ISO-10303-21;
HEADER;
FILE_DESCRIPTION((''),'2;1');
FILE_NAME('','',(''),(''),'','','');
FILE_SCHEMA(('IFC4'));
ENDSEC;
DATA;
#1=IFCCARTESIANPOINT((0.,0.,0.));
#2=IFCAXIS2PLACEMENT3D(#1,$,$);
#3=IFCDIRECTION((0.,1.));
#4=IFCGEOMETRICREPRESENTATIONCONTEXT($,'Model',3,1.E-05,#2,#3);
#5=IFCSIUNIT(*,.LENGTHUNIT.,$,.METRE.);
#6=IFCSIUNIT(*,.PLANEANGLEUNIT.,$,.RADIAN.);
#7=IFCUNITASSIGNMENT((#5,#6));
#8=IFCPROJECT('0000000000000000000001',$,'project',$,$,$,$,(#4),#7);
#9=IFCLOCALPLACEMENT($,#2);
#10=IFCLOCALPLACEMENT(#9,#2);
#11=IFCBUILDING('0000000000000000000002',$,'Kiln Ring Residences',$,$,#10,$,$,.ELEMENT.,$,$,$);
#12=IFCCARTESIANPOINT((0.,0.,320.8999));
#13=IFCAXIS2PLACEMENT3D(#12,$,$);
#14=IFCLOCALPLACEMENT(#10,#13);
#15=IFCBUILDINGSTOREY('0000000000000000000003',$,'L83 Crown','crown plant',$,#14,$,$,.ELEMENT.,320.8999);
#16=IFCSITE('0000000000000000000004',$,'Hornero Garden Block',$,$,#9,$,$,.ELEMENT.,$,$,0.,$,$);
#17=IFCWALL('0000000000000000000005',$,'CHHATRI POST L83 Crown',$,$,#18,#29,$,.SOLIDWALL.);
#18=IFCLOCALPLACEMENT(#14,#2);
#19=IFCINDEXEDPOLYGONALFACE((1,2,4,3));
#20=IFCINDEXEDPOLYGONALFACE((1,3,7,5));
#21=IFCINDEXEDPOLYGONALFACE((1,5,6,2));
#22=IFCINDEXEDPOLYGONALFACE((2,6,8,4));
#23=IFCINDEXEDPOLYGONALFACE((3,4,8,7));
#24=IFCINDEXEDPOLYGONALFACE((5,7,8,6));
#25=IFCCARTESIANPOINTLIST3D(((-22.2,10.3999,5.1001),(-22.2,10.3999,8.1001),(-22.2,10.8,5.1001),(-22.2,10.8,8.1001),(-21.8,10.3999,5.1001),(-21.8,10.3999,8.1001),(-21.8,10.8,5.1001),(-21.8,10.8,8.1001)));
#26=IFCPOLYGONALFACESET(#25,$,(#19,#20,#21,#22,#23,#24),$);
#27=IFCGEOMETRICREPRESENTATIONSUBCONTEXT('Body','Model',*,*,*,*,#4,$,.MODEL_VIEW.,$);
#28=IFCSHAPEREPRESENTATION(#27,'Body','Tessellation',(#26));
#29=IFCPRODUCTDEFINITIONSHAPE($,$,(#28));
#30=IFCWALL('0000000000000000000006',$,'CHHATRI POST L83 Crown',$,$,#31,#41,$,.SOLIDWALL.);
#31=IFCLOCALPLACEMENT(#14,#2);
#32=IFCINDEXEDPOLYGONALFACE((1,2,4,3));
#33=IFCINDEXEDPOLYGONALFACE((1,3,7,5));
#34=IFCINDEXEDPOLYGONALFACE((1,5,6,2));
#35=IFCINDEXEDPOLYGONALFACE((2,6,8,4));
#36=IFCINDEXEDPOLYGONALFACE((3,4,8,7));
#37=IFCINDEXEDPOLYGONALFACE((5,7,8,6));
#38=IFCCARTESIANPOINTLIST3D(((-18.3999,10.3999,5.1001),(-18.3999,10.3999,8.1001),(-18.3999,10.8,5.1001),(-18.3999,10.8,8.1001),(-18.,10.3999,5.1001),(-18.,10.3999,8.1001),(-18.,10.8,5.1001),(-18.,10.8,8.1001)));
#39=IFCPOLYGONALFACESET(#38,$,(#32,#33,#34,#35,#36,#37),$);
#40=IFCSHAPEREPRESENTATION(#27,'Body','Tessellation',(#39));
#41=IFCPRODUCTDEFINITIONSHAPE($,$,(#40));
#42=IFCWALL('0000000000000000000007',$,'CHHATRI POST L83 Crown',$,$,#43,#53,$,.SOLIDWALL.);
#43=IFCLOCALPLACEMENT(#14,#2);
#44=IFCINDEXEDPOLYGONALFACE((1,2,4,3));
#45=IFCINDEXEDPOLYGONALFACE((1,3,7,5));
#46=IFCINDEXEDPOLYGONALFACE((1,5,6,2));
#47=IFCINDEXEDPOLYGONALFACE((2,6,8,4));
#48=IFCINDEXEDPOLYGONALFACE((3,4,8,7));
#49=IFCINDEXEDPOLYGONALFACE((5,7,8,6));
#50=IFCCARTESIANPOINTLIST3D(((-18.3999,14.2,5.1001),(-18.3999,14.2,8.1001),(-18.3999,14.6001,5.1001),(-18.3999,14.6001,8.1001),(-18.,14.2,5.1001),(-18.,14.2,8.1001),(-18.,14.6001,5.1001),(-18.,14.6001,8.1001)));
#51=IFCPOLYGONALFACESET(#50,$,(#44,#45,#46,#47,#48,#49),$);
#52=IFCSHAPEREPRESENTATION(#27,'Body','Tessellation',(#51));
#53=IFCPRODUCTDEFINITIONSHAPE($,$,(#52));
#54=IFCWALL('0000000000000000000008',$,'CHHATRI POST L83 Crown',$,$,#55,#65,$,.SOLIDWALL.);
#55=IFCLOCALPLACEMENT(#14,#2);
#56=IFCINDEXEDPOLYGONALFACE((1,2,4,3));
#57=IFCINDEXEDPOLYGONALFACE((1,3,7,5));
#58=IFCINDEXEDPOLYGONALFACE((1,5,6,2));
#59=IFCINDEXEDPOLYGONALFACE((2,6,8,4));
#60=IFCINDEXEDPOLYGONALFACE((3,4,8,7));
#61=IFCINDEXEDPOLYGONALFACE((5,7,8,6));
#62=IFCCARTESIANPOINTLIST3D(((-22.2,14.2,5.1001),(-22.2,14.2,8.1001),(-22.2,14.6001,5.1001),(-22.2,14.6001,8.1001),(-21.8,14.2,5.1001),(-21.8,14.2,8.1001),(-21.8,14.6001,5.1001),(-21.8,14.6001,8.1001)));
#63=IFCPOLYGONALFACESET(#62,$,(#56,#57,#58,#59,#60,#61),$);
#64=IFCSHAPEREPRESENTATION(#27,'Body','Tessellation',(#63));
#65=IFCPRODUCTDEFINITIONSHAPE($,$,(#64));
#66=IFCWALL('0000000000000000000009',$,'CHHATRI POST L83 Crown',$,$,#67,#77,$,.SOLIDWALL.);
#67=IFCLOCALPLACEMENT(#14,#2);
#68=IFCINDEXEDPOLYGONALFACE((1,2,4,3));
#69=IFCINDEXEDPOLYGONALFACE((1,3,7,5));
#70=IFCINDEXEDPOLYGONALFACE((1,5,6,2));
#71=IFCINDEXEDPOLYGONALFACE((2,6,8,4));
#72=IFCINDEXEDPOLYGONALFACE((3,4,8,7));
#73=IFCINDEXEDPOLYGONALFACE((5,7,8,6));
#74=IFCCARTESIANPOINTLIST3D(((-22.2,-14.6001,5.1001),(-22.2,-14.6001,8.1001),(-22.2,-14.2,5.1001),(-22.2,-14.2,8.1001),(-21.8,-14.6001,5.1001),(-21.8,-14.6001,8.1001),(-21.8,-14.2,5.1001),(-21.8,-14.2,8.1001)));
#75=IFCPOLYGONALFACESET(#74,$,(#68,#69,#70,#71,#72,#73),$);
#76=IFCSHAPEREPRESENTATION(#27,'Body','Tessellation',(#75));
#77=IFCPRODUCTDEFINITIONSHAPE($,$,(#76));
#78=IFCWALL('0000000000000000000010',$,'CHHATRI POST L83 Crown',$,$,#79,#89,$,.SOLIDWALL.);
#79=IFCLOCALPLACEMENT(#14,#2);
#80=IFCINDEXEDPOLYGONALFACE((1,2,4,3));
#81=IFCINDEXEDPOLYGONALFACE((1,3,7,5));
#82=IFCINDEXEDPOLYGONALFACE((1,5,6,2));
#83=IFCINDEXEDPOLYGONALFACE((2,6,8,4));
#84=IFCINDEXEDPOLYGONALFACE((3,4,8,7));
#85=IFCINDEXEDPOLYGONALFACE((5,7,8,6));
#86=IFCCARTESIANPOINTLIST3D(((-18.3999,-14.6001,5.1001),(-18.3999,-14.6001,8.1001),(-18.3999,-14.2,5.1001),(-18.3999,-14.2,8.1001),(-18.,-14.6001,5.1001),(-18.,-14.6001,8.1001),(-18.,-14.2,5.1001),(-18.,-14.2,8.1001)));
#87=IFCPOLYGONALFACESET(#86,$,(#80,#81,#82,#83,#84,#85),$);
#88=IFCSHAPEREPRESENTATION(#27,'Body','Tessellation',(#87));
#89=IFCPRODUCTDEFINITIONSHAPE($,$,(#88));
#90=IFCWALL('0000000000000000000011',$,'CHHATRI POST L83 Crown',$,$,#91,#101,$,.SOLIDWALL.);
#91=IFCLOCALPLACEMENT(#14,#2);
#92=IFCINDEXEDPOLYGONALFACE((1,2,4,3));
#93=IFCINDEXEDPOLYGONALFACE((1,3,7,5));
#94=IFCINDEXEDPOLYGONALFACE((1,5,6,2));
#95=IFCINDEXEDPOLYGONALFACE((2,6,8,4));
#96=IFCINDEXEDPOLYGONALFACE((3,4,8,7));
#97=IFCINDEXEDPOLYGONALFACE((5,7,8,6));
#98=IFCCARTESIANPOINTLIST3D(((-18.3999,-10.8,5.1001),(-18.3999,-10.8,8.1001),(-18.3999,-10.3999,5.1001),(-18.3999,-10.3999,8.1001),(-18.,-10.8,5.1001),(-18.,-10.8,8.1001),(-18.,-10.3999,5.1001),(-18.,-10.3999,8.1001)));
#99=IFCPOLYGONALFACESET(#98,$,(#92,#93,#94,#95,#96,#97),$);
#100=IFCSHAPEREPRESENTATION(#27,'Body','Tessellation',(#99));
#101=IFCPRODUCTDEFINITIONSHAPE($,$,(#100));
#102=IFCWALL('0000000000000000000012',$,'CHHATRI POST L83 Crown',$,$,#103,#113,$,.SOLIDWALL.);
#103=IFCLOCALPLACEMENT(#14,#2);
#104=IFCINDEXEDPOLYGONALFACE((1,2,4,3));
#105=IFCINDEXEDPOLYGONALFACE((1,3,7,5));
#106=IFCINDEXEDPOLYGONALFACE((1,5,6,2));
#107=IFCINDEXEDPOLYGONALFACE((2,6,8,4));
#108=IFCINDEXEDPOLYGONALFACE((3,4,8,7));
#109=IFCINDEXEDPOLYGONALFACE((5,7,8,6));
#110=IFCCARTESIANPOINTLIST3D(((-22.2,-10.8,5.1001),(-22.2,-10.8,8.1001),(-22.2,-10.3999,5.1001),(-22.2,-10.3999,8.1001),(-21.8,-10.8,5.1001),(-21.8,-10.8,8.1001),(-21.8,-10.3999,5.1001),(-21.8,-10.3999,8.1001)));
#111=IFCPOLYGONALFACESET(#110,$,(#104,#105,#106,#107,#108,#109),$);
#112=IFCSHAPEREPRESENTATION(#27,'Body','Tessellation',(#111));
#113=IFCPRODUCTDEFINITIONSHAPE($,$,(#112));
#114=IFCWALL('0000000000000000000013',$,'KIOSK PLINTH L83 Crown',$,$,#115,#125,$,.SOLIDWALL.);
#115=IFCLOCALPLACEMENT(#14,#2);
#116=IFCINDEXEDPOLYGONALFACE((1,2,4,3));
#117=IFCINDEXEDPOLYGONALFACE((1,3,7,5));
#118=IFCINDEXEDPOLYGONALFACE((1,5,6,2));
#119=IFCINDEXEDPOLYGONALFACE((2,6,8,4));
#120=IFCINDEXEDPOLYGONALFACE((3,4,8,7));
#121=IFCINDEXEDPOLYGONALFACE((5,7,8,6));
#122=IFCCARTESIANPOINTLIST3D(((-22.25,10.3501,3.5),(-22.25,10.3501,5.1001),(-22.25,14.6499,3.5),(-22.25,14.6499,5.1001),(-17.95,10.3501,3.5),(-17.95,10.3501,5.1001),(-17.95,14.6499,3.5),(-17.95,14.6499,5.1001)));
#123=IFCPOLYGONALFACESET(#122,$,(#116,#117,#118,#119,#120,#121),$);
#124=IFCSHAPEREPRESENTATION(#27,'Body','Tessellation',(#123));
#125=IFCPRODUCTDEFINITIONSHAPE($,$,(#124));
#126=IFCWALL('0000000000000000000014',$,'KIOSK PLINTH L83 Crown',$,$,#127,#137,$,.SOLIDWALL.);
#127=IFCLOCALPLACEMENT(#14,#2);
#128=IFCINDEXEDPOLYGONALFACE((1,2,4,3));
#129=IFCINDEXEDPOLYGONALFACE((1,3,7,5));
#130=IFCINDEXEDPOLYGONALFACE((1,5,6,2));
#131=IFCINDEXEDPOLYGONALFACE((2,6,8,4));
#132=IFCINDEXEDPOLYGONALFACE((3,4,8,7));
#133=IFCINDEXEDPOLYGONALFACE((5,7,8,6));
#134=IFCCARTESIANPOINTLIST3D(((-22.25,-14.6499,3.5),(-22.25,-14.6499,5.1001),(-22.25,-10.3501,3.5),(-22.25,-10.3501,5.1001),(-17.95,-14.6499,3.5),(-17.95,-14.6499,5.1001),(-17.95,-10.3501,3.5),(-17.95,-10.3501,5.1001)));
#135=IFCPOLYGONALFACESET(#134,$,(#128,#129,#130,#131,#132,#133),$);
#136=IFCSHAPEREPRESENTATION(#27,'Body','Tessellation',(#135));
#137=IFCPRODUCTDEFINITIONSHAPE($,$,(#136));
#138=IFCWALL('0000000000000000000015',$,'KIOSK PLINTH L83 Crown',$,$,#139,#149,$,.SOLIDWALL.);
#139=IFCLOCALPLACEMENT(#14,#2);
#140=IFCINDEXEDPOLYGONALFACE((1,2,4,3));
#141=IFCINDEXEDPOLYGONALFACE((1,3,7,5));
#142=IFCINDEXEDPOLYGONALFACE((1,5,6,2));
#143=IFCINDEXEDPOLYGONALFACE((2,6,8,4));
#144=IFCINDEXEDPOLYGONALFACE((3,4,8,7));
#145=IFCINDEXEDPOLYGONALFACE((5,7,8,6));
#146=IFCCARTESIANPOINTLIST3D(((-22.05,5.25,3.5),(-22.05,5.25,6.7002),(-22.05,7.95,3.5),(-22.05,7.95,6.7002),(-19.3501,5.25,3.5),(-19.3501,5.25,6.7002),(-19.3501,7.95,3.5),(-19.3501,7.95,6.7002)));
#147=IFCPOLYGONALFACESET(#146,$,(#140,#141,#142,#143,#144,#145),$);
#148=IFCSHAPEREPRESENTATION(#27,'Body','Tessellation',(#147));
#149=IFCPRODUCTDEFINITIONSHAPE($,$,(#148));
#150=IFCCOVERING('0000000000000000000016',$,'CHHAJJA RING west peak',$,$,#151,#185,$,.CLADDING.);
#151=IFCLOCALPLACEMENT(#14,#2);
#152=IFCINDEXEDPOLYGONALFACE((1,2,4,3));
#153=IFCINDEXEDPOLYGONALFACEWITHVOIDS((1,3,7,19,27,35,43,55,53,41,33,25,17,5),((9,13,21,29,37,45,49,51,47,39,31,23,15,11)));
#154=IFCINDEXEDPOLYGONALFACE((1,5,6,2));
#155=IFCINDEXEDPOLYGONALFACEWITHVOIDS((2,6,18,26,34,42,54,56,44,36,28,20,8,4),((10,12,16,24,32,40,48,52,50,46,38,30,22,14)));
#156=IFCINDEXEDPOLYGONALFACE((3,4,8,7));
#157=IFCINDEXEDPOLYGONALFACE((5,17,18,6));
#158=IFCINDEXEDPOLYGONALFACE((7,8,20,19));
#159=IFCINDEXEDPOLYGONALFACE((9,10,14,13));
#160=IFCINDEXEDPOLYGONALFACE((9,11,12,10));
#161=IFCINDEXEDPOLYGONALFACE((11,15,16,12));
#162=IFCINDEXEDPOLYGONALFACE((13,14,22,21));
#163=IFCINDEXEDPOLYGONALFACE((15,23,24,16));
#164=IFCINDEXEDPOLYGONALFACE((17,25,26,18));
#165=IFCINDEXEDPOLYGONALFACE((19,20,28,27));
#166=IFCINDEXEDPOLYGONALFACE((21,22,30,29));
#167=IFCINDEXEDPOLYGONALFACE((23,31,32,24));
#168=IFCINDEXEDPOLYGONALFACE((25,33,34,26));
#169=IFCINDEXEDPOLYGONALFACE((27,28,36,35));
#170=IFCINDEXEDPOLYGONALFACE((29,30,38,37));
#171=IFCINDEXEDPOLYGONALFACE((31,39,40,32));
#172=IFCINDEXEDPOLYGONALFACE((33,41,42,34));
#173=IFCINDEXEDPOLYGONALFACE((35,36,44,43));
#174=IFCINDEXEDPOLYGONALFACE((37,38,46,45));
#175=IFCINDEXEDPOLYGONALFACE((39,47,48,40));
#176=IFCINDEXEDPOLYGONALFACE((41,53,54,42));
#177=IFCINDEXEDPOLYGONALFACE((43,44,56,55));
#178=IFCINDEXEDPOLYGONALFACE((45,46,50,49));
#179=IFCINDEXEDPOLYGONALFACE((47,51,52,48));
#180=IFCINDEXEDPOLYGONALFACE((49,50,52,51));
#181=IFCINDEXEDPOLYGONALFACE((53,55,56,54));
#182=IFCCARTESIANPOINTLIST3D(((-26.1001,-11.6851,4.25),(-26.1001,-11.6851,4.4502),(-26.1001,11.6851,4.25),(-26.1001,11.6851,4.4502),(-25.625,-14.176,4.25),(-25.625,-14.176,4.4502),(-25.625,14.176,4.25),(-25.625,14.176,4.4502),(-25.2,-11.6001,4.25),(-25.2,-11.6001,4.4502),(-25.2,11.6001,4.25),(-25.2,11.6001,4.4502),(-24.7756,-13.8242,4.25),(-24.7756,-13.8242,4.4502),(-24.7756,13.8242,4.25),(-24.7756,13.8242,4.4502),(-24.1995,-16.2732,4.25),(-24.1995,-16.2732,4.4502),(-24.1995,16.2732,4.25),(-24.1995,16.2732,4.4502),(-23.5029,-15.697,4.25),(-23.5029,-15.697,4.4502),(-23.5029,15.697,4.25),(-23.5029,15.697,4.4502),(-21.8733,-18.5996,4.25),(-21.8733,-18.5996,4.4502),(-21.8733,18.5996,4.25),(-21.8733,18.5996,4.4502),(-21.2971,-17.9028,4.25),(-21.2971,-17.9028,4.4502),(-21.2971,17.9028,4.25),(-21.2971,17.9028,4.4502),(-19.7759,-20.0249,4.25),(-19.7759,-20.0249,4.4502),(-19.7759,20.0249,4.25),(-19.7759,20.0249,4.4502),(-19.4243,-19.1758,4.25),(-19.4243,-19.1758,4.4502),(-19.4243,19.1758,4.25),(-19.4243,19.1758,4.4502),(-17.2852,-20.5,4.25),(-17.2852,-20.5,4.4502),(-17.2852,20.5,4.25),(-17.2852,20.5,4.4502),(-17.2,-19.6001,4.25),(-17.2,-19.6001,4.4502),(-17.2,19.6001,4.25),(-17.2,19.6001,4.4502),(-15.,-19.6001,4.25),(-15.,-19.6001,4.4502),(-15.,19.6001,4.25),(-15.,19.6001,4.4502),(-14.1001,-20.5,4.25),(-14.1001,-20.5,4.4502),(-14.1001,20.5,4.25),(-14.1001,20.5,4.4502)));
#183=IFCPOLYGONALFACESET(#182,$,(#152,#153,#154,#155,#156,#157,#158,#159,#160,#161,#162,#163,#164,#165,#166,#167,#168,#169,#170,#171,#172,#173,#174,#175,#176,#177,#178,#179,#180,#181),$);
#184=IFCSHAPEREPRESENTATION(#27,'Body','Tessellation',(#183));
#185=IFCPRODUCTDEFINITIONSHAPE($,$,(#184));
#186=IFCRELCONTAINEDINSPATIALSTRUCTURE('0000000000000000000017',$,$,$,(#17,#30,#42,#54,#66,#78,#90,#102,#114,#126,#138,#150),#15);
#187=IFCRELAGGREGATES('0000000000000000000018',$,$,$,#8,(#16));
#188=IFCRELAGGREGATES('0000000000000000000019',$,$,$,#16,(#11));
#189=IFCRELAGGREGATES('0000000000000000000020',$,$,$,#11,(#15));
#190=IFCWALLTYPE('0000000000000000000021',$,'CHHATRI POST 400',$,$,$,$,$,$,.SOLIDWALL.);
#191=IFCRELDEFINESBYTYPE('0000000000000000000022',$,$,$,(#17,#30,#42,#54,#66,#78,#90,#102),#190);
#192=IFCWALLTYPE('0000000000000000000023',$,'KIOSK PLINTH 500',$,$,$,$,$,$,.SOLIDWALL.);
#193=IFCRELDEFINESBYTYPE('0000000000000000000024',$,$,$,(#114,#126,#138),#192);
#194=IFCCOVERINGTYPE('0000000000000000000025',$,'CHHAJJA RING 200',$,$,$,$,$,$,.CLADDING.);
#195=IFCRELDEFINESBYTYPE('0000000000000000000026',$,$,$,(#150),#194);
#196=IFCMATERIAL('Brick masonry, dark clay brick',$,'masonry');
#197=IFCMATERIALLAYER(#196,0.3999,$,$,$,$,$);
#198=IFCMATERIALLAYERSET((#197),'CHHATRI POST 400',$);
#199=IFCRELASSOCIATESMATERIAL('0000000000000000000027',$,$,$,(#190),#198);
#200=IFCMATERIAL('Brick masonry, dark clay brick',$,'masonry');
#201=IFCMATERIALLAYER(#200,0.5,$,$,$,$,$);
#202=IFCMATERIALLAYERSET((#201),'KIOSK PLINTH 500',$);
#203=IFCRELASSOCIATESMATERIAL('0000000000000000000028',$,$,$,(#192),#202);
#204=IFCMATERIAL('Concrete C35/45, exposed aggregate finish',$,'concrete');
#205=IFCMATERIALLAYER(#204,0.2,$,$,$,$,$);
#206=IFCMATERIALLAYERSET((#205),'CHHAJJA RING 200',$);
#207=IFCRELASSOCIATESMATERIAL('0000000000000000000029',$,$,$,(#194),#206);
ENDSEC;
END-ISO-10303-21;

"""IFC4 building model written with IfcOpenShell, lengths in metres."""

from ifc_helpers import new_model, si_unit, direction, frame, origin, place, context, subcontext, project, spatial, polyline, outline, extrude, material, layer, layer_set, type_object, element, save


model = new_model("IFC4")

# Units and contexts
model_context = context("Model", 3, precision=1e-05, world=origin(), true_north=direction((0.0, 1.0)))
body_context = subcontext(model_context, "Body", "Model", "MODEL_VIEW")
ifc_project = project(units=[si_unit("LENGTHUNIT", "METRE"), si_unit("PLANEANGLEUNIT", "RADIAN")], contexts=[model_context])

# Site, building, storey
site_placement = place(None, origin())
site = spatial("IfcSite", under=ifc_project, at=site_placement, Name="Hornero Garden Block", CompositionType="ELEMENT", RefElevation=0.0)
building_placement = place(site_placement, origin())
building = spatial("IfcBuilding", under=site, at=building_placement, Name="Kiln Ring Residences", CompositionType="ELEMENT")
storey_placement = place(building_placement, frame((0.0, 0.0, 320.8999)))
storey = spatial("IfcBuildingStorey", under=building, at=storey_placement, Name="L83 Crown", Description="crown plant", CompositionType="ELEMENT", Elevation=320.8999)

# Walls
ifc_material_1 = material(Name="Brick masonry, dark clay brick", Category="masonry")
ifc_layer_1 = layer(ifc_material_1, 0.3999)
ifc_layer_set_1 = layer_set([ifc_layer_1], Name="CHHATRI POST 400")
wall_type_1 = type_object("IfcWallType", Name="CHHATRI POST 400", PredefinedType="SOLIDWALL", material=ifc_layer_set_1)
placement_1 = place(storey_placement, frame((0.0, 0.0, 5.1001)))
element("IfcWall", 1, at=placement_1, inside=storey, type_object=wall_type_1, Name="CHHATRI POST L83 Crown", PredefinedType="SOLIDWALL", context=body_context, shape_type="SweptSolid", body=[
    extrude(outline(polyline([(-21.8, 10.3999), (-21.8, 10.8), (-22.2, 10.8), (-22.2, 10.3999), (-21.8, 10.3999)])), origin(), (0.0, 0.0, 1.0), 3.0),
])
element("IfcWall", 2, at=placement_1, inside=storey, type_object=wall_type_1, Name="CHHATRI POST L83 Crown", PredefinedType="SOLIDWALL", context=body_context, shape_type="SweptSolid", body=[
    extrude(outline(polyline([(-18.0, 10.3999), (-18.0, 10.8), (-18.3999, 10.8), (-18.3999, 10.3999), (-18.0, 10.3999)])), origin(), (0.0, 0.0, 1.0), 3.0),
])
element("IfcWall", 3, at=placement_1, inside=storey, type_object=wall_type_1, Name="CHHATRI POST L83 Crown", PredefinedType="SOLIDWALL", context=body_context, shape_type="SweptSolid", body=[
    extrude(outline(polyline([(-18.0, 14.2), (-18.0, 14.6001), (-18.3999, 14.6001), (-18.3999, 14.2), (-18.0, 14.2)])), origin(), (0.0, 0.0, 1.0), 3.0),
])
element("IfcWall", 4, at=placement_1, inside=storey, type_object=wall_type_1, Name="CHHATRI POST L83 Crown", PredefinedType="SOLIDWALL", context=body_context, shape_type="SweptSolid", body=[
    extrude(outline(polyline([(-21.8, 14.2), (-21.8, 14.6001), (-22.2, 14.6001), (-22.2, 14.2), (-21.8, 14.2)])), origin(), (0.0, 0.0, 1.0), 3.0),
])
element("IfcWall", 5, at=placement_1, inside=storey, type_object=wall_type_1, Name="CHHATRI POST L83 Crown", PredefinedType="SOLIDWALL", context=body_context, shape_type="SweptSolid", body=[
    extrude(outline(polyline([(-21.8, -14.6001), (-21.8, -14.2), (-22.2, -14.2), (-22.2, -14.6001), (-21.8, -14.6001)])), origin(), (0.0, 0.0, 1.0), 3.0),
])
element("IfcWall", 6, at=placement_1, inside=storey, type_object=wall_type_1, Name="CHHATRI POST L83 Crown", PredefinedType="SOLIDWALL", context=body_context, shape_type="SweptSolid", body=[
    extrude(outline(polyline([(-18.0, -14.6001), (-18.0, -14.2), (-18.3999, -14.2), (-18.3999, -14.6001), (-18.0, -14.6001)])), origin(), (0.0, 0.0, 1.0), 3.0),
])
element("IfcWall", 7, at=placement_1, inside=storey, type_object=wall_type_1, Name="CHHATRI POST L83 Crown", PredefinedType="SOLIDWALL", context=body_context, shape_type="SweptSolid", body=[
    extrude(outline(polyline([(-18.0, -10.8), (-18.0, -10.3999), (-18.3999, -10.3999), (-18.3999, -10.8), (-18.0, -10.8)])), origin(), (0.0, 0.0, 1.0), 3.0),
])
element("IfcWall", 8, at=placement_1, inside=storey, type_object=wall_type_1, Name="CHHATRI POST L83 Crown", PredefinedType="SOLIDWALL", context=body_context, shape_type="SweptSolid", body=[
    extrude(outline(polyline([(-21.8, -10.8), (-21.8, -10.3999), (-22.2, -10.3999), (-22.2, -10.8), (-21.8, -10.8)])), origin(), (0.0, 0.0, 1.0), 3.0),
])
ifc_material_2 = material(Name="Brick masonry, dark clay brick", Category="masonry")
ifc_layer_2 = layer(ifc_material_2, 0.5)
ifc_layer_set_2 = layer_set([ifc_layer_2], Name="KIOSK PLINTH 500")
wall_type_2 = type_object("IfcWallType", Name="KIOSK PLINTH 500", PredefinedType="SOLIDWALL", material=ifc_layer_set_2)
placement_2 = place(storey_placement, frame((0.0, 0.0, 3.5)))
element("IfcWall", 9, at=placement_2, inside=storey, type_object=wall_type_2, Name="KIOSK PLINTH L83 Crown", PredefinedType="SOLIDWALL", context=body_context, shape_type="SweptSolid", body=[
    extrude(outline(polyline([(-17.95, 10.3501), (-17.95, 14.6499), (-22.25, 14.6499), (-22.25, 10.3501), (-17.95, 10.3501)])), origin(), (0.0, 0.0, 1.0), 1.6001),
])
element("IfcWall", 10, at=placement_2, inside=storey, type_object=wall_type_2, Name="KIOSK PLINTH L83 Crown", PredefinedType="SOLIDWALL", context=body_context, shape_type="SweptSolid", body=[
    extrude(outline(polyline([(-17.95, -14.6499), (-17.95, -10.3501), (-22.25, -10.3501), (-22.25, -14.6499), (-17.95, -14.6499)])), origin(), (0.0, 0.0, 1.0), 1.6001),
])
element("IfcWall", 11, at=placement_2, inside=storey, type_object=wall_type_2, Name="KIOSK PLINTH L83 Crown", PredefinedType="SOLIDWALL", context=body_context, shape_type="SweptSolid", body=[
    extrude(outline(polyline([(-19.3501, 5.25), (-19.3501, 7.95), (-22.05, 7.95), (-22.05, 5.25), (-19.3501, 5.25)])), origin(), (0.0, 0.0, 1.0), 3.2002),
])

# Covering
ifc_material_3 = material(Name="Concrete C35/45, exposed aggregate finish", Category="concrete")
ifc_layer_3 = layer(ifc_material_3, 0.2)
ifc_layer_set_3 = layer_set([ifc_layer_3], Name="CHHAJJA RING 200")
covering_type_1 = type_object("IfcCoveringType", Name="CHHAJJA RING 200", PredefinedType="CLADDING", material=ifc_layer_set_3)
covering_1_placement = place(storey_placement, frame((0.0, 0.0, 4.25)))
element("IfcCovering", 12, at=covering_1_placement, inside=storey, type_object=covering_type_1, Name="CHHAJJA RING west peak", PredefinedType="CLADDING", context=body_context, shape_type="SweptSolid", body=[
    extrude(outline(polyline([(-21.8733, -18.5996), (-19.7759, -20.0249), (-17.2852, -20.5), (-14.1001, -20.5), (-14.1001, 20.5), (-17.2852, 20.5), (-19.7759, 20.0249), (-21.8733, 18.5996), (-24.1995, 16.2732), (-25.625, 14.176), (-26.1001, 11.6851), (-26.1001, -11.6851), (-25.625, -14.176), (-24.1995, -16.2732), (-21.8733, -18.5996)]), holes=[polyline([(-17.2, -19.6001), (-19.4243, -19.1758), (-21.2971, -17.9028), (-23.5029, -15.697), (-24.7756, -13.8242), (-25.2, -11.6001), (-25.2, 11.6001), (-24.7756, 13.8242), (-23.5029, 15.697), (-21.2971, 17.9028), (-19.4243, 19.1758), (-17.2, 19.6001), (-15.0, 19.6001), (-15.0, -19.6001), (-17.2, -19.6001)])]), origin(), (0.0, 0.0, 1.0), 0.2002),
])

save(model, "model.ifc")
